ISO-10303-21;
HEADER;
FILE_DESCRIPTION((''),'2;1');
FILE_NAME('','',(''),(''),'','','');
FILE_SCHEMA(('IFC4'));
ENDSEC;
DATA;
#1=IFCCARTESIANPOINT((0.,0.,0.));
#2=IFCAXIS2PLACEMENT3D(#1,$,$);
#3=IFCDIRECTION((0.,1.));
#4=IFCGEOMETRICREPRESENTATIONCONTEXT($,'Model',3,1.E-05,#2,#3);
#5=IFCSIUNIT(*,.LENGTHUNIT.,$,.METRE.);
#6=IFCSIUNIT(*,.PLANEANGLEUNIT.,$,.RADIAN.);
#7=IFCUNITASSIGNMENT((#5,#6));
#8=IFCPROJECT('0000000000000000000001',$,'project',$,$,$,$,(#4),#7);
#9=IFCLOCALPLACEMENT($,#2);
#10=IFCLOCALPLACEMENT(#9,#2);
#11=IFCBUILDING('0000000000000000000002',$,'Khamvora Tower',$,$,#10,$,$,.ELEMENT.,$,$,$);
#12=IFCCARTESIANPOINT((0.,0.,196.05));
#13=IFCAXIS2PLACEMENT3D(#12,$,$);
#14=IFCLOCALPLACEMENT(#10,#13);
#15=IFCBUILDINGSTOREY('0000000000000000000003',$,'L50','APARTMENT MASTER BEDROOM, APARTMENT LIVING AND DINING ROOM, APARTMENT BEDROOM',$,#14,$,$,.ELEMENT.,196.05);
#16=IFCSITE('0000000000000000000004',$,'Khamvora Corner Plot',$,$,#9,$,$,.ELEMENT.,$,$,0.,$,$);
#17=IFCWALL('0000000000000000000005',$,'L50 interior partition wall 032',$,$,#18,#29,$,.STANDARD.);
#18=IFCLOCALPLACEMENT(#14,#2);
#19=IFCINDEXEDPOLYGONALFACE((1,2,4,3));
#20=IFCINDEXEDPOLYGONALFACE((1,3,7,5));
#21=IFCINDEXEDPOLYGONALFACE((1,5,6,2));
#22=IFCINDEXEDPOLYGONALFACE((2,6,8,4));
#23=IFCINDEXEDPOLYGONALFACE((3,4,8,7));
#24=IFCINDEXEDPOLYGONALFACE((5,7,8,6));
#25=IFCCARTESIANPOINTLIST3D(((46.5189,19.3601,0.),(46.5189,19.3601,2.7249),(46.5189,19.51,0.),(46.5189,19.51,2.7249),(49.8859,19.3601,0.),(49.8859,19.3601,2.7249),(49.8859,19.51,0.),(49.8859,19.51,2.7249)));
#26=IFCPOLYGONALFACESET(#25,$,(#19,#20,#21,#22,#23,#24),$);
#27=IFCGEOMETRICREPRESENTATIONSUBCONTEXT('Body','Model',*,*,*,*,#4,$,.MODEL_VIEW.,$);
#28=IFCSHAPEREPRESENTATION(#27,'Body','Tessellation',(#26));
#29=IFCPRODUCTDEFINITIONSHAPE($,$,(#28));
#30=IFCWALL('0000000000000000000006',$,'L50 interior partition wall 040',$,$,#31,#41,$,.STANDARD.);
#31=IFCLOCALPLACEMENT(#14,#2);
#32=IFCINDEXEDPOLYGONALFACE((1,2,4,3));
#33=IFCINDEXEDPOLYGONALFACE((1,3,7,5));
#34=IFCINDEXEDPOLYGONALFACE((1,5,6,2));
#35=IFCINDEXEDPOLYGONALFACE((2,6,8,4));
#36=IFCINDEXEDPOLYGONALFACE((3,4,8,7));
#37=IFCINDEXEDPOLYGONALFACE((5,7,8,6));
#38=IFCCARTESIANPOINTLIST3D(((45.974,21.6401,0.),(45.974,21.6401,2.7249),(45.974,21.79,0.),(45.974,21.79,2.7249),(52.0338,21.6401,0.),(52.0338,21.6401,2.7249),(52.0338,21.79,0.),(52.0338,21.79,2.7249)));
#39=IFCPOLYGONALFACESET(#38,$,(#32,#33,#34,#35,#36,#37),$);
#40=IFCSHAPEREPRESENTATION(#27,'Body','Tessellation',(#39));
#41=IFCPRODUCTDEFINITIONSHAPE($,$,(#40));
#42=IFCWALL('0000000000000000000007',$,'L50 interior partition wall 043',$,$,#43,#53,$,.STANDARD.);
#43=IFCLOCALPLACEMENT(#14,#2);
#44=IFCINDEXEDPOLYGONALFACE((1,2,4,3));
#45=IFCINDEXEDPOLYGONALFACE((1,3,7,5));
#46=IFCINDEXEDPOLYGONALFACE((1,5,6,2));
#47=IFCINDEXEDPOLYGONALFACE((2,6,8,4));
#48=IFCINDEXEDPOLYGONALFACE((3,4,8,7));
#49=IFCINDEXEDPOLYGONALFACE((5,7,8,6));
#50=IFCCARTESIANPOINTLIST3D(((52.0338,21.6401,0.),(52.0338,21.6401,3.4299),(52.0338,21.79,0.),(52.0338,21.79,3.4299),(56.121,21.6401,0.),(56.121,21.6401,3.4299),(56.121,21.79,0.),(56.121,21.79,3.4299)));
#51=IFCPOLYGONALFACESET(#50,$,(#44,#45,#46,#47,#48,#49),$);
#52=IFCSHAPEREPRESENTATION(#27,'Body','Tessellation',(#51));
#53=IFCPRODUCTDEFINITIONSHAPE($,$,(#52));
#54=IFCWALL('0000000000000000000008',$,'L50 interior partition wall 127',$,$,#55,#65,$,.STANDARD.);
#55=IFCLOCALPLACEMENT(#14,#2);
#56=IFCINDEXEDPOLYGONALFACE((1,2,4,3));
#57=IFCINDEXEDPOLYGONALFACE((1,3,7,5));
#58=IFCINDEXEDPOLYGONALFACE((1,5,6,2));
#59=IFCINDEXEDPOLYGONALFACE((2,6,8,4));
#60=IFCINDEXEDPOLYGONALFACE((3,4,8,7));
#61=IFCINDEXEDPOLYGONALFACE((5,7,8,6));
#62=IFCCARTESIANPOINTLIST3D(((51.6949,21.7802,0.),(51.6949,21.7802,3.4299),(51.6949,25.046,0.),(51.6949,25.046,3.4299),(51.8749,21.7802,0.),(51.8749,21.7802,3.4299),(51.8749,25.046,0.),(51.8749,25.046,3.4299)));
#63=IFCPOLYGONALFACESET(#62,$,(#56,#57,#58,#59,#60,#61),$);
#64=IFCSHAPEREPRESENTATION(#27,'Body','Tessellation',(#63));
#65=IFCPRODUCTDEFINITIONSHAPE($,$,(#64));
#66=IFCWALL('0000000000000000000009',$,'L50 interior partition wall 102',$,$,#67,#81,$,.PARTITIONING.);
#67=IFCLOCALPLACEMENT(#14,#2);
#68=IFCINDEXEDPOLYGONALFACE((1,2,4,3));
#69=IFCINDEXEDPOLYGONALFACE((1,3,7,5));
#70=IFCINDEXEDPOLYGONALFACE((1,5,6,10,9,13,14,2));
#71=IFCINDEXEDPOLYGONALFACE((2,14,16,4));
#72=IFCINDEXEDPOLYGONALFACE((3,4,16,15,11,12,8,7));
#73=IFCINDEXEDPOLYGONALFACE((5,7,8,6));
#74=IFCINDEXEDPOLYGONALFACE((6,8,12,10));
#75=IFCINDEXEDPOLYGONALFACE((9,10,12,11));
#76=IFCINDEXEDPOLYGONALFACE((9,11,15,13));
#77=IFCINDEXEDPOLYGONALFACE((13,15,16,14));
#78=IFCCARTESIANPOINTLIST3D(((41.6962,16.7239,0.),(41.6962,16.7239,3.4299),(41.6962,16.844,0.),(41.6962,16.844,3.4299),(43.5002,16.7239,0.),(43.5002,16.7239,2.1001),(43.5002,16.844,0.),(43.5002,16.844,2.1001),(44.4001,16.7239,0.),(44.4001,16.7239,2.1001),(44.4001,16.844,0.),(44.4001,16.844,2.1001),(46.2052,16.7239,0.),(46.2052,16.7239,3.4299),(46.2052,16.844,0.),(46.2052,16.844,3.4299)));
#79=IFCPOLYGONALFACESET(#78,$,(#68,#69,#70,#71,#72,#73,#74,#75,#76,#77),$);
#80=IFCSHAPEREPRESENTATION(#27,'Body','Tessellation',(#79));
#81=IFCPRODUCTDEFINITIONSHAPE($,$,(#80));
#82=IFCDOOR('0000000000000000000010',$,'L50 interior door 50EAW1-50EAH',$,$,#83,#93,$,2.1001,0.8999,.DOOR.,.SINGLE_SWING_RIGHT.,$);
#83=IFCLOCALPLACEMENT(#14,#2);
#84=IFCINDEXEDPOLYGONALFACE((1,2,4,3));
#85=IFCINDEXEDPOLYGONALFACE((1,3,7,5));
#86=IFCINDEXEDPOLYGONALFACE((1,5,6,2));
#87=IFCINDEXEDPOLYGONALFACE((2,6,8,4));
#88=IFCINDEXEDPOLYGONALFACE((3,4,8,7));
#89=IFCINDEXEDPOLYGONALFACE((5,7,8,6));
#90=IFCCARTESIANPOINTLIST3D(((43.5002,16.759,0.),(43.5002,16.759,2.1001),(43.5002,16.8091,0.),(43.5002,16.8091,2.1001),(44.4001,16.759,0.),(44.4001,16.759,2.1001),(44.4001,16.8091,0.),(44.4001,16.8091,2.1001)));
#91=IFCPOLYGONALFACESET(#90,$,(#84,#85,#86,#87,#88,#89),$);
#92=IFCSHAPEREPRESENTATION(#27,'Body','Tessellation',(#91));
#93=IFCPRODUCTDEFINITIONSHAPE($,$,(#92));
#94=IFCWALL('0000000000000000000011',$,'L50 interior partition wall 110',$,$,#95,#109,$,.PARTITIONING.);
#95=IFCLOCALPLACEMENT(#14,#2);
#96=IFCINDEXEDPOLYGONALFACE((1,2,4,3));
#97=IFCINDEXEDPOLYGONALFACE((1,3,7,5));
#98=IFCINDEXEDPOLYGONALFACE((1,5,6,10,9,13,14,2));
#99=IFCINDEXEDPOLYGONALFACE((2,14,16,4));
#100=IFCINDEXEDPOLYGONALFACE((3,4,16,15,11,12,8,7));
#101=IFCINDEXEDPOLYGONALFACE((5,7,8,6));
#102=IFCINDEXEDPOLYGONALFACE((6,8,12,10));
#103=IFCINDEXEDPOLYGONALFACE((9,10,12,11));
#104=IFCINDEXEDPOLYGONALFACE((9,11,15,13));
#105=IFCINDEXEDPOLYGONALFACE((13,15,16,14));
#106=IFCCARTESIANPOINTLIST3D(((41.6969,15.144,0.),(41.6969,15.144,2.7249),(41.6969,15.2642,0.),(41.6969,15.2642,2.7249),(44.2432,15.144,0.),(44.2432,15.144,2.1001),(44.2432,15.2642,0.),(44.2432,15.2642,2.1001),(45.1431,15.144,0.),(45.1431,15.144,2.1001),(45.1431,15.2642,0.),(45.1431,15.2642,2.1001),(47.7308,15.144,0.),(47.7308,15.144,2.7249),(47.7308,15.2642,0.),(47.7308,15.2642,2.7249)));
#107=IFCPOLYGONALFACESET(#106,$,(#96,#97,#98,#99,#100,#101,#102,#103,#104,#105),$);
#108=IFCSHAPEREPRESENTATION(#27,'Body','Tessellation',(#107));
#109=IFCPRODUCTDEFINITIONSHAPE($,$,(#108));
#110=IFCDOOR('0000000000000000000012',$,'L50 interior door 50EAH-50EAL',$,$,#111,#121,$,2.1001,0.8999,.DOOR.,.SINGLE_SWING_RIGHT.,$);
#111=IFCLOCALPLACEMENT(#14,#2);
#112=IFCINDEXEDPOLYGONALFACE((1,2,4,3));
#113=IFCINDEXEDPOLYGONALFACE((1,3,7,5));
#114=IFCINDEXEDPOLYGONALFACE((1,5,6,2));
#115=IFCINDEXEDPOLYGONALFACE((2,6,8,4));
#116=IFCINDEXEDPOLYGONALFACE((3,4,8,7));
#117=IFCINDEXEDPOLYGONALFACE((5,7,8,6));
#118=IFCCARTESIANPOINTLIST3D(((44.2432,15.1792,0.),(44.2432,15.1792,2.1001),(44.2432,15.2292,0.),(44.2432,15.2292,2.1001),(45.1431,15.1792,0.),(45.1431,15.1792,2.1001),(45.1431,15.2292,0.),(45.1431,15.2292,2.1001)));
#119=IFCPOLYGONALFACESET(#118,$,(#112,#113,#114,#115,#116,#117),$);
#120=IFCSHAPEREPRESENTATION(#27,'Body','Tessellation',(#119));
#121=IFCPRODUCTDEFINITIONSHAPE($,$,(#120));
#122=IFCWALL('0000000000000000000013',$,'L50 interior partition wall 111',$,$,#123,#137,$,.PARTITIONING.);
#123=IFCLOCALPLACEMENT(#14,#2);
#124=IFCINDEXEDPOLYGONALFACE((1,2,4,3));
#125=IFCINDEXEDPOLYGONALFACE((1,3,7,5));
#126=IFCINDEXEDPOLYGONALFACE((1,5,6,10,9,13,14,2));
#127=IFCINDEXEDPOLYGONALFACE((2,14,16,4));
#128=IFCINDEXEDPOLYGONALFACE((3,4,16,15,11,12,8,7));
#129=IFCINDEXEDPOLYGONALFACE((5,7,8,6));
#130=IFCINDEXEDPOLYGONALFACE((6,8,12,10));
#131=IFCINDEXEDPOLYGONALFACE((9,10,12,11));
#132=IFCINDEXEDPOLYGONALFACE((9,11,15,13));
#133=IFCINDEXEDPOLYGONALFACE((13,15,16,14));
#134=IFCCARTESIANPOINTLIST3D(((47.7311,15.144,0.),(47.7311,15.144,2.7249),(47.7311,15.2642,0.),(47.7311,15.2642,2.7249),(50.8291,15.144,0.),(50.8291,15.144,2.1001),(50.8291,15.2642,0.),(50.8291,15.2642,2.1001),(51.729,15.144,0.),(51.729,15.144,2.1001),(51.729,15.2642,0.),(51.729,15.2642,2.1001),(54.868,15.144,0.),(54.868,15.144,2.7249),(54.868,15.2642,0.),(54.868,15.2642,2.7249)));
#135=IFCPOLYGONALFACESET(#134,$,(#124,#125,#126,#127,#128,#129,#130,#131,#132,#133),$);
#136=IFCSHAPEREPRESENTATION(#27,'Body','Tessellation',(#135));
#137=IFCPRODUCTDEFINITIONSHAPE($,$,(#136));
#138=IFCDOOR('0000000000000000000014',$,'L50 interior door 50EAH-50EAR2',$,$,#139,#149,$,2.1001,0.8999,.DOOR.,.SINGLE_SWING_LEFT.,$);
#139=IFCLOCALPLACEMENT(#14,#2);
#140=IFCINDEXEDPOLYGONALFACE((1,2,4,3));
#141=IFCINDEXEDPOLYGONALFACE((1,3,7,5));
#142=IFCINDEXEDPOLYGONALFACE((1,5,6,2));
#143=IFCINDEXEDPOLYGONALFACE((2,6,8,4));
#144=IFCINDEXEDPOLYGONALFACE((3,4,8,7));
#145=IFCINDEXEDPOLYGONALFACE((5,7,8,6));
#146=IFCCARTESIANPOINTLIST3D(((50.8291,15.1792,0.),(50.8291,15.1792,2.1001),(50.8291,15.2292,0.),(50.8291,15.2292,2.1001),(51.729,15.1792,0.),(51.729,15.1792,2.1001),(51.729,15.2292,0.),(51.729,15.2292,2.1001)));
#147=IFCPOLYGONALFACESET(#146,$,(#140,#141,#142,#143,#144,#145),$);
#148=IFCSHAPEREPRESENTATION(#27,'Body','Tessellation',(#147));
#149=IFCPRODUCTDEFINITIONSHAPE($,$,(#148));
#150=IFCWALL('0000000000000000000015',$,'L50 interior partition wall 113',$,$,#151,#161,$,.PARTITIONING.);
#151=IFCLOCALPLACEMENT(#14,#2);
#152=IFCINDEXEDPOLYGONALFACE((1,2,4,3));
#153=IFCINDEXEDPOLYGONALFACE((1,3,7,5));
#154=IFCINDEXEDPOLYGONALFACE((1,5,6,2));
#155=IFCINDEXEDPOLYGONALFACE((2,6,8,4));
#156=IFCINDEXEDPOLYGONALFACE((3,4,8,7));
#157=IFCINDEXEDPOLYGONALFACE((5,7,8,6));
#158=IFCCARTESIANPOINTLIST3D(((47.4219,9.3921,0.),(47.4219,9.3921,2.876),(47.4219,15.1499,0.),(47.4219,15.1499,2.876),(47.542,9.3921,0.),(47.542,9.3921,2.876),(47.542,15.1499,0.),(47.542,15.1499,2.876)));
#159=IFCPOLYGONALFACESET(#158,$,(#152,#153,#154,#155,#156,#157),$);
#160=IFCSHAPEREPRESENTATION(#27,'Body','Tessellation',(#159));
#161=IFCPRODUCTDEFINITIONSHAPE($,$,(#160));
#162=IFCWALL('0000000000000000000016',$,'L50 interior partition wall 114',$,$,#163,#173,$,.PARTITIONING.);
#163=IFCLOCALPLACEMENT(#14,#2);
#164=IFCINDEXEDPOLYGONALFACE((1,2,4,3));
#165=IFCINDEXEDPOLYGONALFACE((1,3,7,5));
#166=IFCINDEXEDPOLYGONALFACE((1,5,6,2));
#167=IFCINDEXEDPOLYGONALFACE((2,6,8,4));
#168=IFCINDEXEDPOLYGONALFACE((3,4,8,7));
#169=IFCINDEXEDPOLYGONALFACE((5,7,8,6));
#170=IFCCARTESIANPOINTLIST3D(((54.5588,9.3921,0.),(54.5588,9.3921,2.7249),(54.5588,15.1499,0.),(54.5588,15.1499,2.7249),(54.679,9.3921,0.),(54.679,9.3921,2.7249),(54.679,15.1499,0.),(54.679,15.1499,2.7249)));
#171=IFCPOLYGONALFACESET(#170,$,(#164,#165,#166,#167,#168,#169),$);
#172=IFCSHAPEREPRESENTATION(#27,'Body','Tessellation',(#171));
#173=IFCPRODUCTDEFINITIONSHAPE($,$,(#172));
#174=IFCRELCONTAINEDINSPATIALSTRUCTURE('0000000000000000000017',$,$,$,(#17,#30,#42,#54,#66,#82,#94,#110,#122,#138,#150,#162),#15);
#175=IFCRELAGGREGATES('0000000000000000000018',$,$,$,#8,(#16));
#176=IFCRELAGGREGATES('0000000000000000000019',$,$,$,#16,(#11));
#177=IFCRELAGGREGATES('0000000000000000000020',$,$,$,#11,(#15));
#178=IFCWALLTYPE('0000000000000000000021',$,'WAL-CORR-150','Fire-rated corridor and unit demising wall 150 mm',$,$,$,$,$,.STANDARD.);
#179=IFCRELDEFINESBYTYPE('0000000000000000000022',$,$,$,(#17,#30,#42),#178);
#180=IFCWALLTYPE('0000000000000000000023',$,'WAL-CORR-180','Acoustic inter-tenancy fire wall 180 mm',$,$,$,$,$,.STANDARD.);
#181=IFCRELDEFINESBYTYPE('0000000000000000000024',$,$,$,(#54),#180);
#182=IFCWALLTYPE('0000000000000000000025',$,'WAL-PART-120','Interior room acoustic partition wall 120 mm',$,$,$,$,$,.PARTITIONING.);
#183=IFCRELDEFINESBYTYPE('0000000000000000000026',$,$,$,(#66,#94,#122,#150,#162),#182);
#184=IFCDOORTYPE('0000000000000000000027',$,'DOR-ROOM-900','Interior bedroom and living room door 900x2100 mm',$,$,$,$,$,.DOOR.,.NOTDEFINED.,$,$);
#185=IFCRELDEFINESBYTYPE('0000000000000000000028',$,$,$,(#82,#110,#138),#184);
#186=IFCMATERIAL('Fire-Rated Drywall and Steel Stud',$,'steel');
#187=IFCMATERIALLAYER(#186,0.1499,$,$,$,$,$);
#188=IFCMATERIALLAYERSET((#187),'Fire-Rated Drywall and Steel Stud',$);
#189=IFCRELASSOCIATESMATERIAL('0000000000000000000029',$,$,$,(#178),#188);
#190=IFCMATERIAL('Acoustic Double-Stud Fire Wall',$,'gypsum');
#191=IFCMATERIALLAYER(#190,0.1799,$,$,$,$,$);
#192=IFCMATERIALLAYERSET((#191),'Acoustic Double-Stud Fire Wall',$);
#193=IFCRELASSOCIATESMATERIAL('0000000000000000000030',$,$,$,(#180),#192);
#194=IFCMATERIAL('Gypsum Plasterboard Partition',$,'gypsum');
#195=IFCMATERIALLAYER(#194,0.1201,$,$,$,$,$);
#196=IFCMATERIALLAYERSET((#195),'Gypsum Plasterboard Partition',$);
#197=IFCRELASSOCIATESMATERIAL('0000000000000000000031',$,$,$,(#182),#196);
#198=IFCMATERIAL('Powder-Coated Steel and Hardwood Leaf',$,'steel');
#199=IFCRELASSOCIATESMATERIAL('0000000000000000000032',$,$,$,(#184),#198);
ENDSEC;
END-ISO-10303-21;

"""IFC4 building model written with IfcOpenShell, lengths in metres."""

from ifc_helpers import new_model, si_unit, direction, frame, frame_2d, origin, place, context, subcontext, project, spatial, rectangle, extrude, material, layer, layer_set, type_object, element, fill, save


model = new_model("IFC4")

# Units and contexts
model_context = context("Model", 3, precision=1e-05, world=origin(), true_north=direction((0.0, 1.0)))
body_context = subcontext(model_context, "Body", "Model", "MODEL_VIEW")
ifc_project = project(units=[si_unit("LENGTHUNIT", "METRE"), si_unit("PLANEANGLEUNIT", "RADIAN")], contexts=[model_context])

# Site, building, storey
site_placement = place(None, origin())
site = spatial("IfcSite", under=ifc_project, at=site_placement, Name="Khamvora Corner Plot", CompositionType="ELEMENT", RefElevation=0.0)
building_placement = place(site_placement, origin())
building = spatial("IfcBuilding", under=site, at=building_placement, Name="Khamvora Tower", CompositionType="ELEMENT")
storey_placement = place(building_placement, frame((0.0, 0.0, 196.05)))
storey = spatial("IfcBuildingStorey", under=building, at=storey_placement, Name="L50", Description="APARTMENT MASTER BEDROOM, APARTMENT LIVING AND DINING ROOM, APARTMENT BEDROOM", CompositionType="ELEMENT", Elevation=196.05)

# Shared definitions
ifc_material_1 = material(Name="Fire-Rated Drywall and Steel Stud", Category="steel")
ifc_layer_1 = layer(ifc_material_1, 0.1499)
ifc_layer_set_1 = layer_set([ifc_layer_1], Name="Fire-Rated Drywall and Steel Stud")
wall_type_1 = type_object("IfcWallType", Name="WAL-CORR-150", Description="Fire-rated corridor and unit demising wall 150 mm", PredefinedType="STANDARD", material=ifc_layer_set_1)

# Shared definitions
ifc_material_2 = material(Name="Powder-Coated Steel and Hardwood Leaf", Category="steel")

# Walls
wall_1_placement = place(storey_placement, frame((49.886, 19.4351, 0.0), z_axis=(0.0, 0.0, 1.0), x_axis=(-1.0, 0.0, 0.0)))
element("IfcWall", 1, at=wall_1_placement, inside=storey, type_object=wall_type_1, Name="L50 interior partition wall 032", PredefinedType="STANDARD", context=body_context, shape_type="SweptSolid", body=[
    extrude(rectangle(XDim=3.3669, YDim=0.1499, at=frame_2d((1.6836, 0.0))), origin(), (0.0, 0.0, 1.0), 2.7249),
])
wall_2_placement = place(storey_placement, frame((45.9741, 21.7151, 0.0), z_axis=(0.0, 0.0, 1.0), x_axis=(1.0, 0.0, 0.0)))
element("IfcWall", 2, at=wall_2_placement, inside=storey, type_object=wall_type_1, Name="L50 interior partition wall 040", PredefinedType="STANDARD", context=body_context, shape_type="SweptSolid", body=[
    extrude(rectangle(XDim=6.0598, YDim=0.1499, at=frame_2d((3.0298, 0.0))), origin(), (0.0, 0.0, 1.0), 2.7249),
])
wall_3_placement = place(storey_placement, frame((52.0339, 21.7151, 0.0), z_axis=(0.0, 0.0, 1.0), x_axis=(1.0, 0.0, 0.0)))
element("IfcWall", 3, at=wall_3_placement, inside=storey, type_object=wall_type_1, Name="L50 interior partition wall 043", PredefinedType="STANDARD", context=body_context, shape_type="SweptSolid", body=[
    extrude(rectangle(XDim=4.0872, YDim=0.1499, at=frame_2d((2.0435, 0.0))), origin(), (0.0, 0.0, 1.0), 3.4299),
])
ifc_material_3 = material(Name="Acoustic Double-Stud Fire Wall", Category="gypsum")
ifc_layer_2 = layer(ifc_material_3, 0.1799)
ifc_layer_set_2 = layer_set([ifc_layer_2], Name="Acoustic Double-Stud Fire Wall")
wall_type_2 = type_object("IfcWallType", Name="WAL-CORR-180", Description="Acoustic inter-tenancy fire wall 180 mm", PredefinedType="STANDARD", material=ifc_layer_set_2)
wall_4_placement = place(storey_placement, frame((51.7849, 25.0459, 0.0), z_axis=(0.0, 0.0, 1.0), x_axis=(0.0, -1.0, 0.0)))
element("IfcWall", 4, at=wall_4_placement, inside=storey, type_object=wall_type_2, Name="L50 interior partition wall 127", PredefinedType="STANDARD", context=body_context, shape_type="SweptSolid", body=[
    extrude(rectangle(XDim=3.2659, YDim=0.1799, at=frame_2d((1.6328, 0.0))), origin(), (0.0, 0.0, 1.0), 3.4299),
])

# Walls, openings, doors
ifc_material_4 = material(Name="Gypsum Plasterboard Partition", Category="gypsum")
ifc_layer_3 = layer(ifc_material_4, 0.1201)
ifc_layer_set_3 = layer_set([ifc_layer_3], Name="Gypsum Plasterboard Partition")
wall_type_3 = type_object("IfcWallType", Name="WAL-PART-120", Description="Interior room acoustic partition wall 120 mm", PredefinedType="PARTITIONING", material=ifc_layer_set_3)
wall_5_placement = place(storey_placement, frame((46.2051, 16.7839, 0.0), z_axis=(0.0, 0.0, 1.0), x_axis=(-1.0, 0.0, 0.0)))
wall_5 = element("IfcWall", 5, at=wall_5_placement, inside=storey, type_object=wall_type_3, Name="L50 interior partition wall 102", PredefinedType="PARTITIONING", context=body_context, shape_type="SweptSolid", body=[
    extrude(rectangle(XDim=4.509, YDim=0.1201, at=frame_2d((2.2544, 0.0))), origin(), (0.0, 0.0, 1.0), 3.4299),
])
opening_1_placement = place(wall_5_placement, frame((1.8049, 0.0, 0.0)))
opening_1 = element("IfcOpeningElement", 6, at=opening_1_placement, cuts=wall_5, PredefinedType="OPENING", context=body_context, shape_type="SweptSolid", body=[
    extrude(rectangle(XDim=0.8999, YDim=2.1001, at=frame_2d((0.45, 1.05))), frame((0.0, 0.0701, 0.0), z_axis=(0.0, -1.0, 0.0), x_axis=(1.0, 0.0, 0.0)), (0.0, 0.0, 1.0), 0.1401),
])
door_type_1 = type_object("IfcDoorType", Name="DOR-ROOM-900", Description="Interior bedroom and living room door 900x2100 mm", OperationType="NOTDEFINED", PredefinedType="DOOR", material=ifc_material_2)
door_1_placement = place(opening_1_placement, origin())
door_1 = element("IfcDoor", 7, at=door_1_placement, inside=storey, type_object=door_type_1, Name="L50 interior door 50EAW1-50EAH", OperationType="SINGLE_SWING_RIGHT", OverallHeight=2.1001, OverallWidth=0.8999, PredefinedType="DOOR", context=body_context, shape_type="SweptSolid", body=[
    extrude(rectangle(XDim=0.8999, YDim=2.1001, at=frame_2d((0.45, 1.05))), frame((0.0, 0.0249, 0.0), z_axis=(0.0, -1.0, 0.0), x_axis=(1.0, 0.0, 0.0)), (0.0, 0.0, 1.0), 0.05),
])
fill(opening_1, door_1)
wall_6_placement = place(storey_placement, frame((47.731, 15.2041, 0.0), z_axis=(0.0, 0.0, 1.0), x_axis=(-1.0, 0.0, 0.0)))
wall_6 = element("IfcWall", 8, at=wall_6_placement, inside=storey, type_object=wall_type_3, Name="L50 interior partition wall 110", PredefinedType="PARTITIONING", context=body_context, shape_type="SweptSolid", body=[
    extrude(rectangle(XDim=6.0339, YDim=0.1201, at=frame_2d((3.0171, 0.0))), origin(), (0.0, 0.0, 1.0), 2.7249),
])
opening_2_placement = place(wall_6_placement, frame((2.5879, 0.0, 0.0)))
opening_2 = element("IfcOpeningElement", 9, at=opening_2_placement, cuts=wall_6, PredefinedType="OPENING", context=body_context, shape_type="SweptSolid", body=[
    extrude(rectangle(XDim=0.8999, YDim=2.1001, at=frame_2d((0.45, 1.05))), frame((0.0, 0.0701, 0.0), z_axis=(0.0, -1.0, 0.0), x_axis=(1.0, 0.0, 0.0)), (0.0, 0.0, 1.0), 0.1401),
])
door_2_placement = place(opening_2_placement, origin())
door_2 = element("IfcDoor", 10, at=door_2_placement, inside=storey, type_object=door_type_1, Name="L50 interior door 50EAH-50EAL", OperationType="SINGLE_SWING_RIGHT", OverallHeight=2.1001, OverallWidth=0.8999, PredefinedType="DOOR", context=body_context, shape_type="SweptSolid", body=[
    extrude(rectangle(XDim=0.8999, YDim=2.1001, at=frame_2d((0.45, 1.05))), frame((0.0, 0.0249, 0.0), z_axis=(0.0, -1.0, 0.0), x_axis=(1.0, 0.0, 0.0)), (0.0, 0.0, 1.0), 0.05),
])
fill(opening_2, door_2)
wall_7_placement = place(storey_placement, frame((54.8679, 15.2041, 0.0), z_axis=(0.0, 0.0, 1.0), x_axis=(-1.0, 0.0, 0.0)))
wall_7 = element("IfcWall", 11, at=wall_7_placement, inside=storey, type_object=wall_type_3, Name="L50 interior partition wall 111", PredefinedType="PARTITIONING", context=body_context, shape_type="SweptSolid", body=[
    extrude(rectangle(XDim=7.137, YDim=0.1201, at=frame_2d((3.5684, 0.0))), origin(), (0.0, 0.0, 1.0), 2.7249),
])
opening_3_placement = place(wall_7_placement, frame((3.1389, 0.0, 0.0)))
opening_3 = element("IfcOpeningElement", 12, at=opening_3_placement, cuts=wall_7, PredefinedType="OPENING", context=body_context, shape_type="SweptSolid", body=[
    extrude(rectangle(XDim=0.8999, YDim=2.1001, at=frame_2d((0.45, 1.05))), frame((0.0, 0.0701, 0.0), z_axis=(0.0, -1.0, 0.0), x_axis=(1.0, 0.0, 0.0)), (0.0, 0.0, 1.0), 0.1401),
])
door_3_placement = place(opening_3_placement, origin())
door_3 = element("IfcDoor", 13, at=door_3_placement, inside=storey, type_object=door_type_1, Name="L50 interior door 50EAH-50EAR2", OperationType="SINGLE_SWING_LEFT", OverallHeight=2.1001, OverallWidth=0.8999, PredefinedType="DOOR", context=body_context, shape_type="SweptSolid", body=[
    extrude(rectangle(XDim=0.8999, YDim=2.1001, at=frame_2d((0.45, 1.05))), frame((0.0, 0.0249, 0.0), z_axis=(0.0, -1.0, 0.0), x_axis=(1.0, 0.0, 0.0)), (0.0, 0.0, 1.0), 0.05),
])
fill(opening_3, door_3)

# Walls
wall_8_placement = place(storey_placement, frame((47.4819, 15.1499, 0.0), z_axis=(0.0, 0.0, 1.0), x_axis=(0.0, -1.0, 0.0)))
element("IfcWall", 14, at=wall_8_placement, inside=storey, type_object=wall_type_3, Name="L50 interior partition wall 113", PredefinedType="PARTITIONING", context=body_context, shape_type="SweptSolid", body=[
    extrude(rectangle(XDim=5.7578, YDim=0.1201, at=frame_2d((2.8789, 0.0))), origin(), (0.0, 0.0, 1.0), 2.876),
])
wall_9_placement = place(storey_placement, frame((54.6189, 15.1499, 0.0), z_axis=(0.0, 0.0, 1.0), x_axis=(0.0, -1.0, 0.0)))
element("IfcWall", 15, at=wall_9_placement, inside=storey, type_object=wall_type_3, Name="L50 interior partition wall 114", PredefinedType="PARTITIONING", context=body_context, shape_type="SweptSolid", body=[
    extrude(rectangle(XDim=5.7578, YDim=0.1201, at=frame_2d((2.8789, 0.0))), origin(), (0.0, 0.0, 1.0), 2.7249),
])

save(model, "model.ifc")
